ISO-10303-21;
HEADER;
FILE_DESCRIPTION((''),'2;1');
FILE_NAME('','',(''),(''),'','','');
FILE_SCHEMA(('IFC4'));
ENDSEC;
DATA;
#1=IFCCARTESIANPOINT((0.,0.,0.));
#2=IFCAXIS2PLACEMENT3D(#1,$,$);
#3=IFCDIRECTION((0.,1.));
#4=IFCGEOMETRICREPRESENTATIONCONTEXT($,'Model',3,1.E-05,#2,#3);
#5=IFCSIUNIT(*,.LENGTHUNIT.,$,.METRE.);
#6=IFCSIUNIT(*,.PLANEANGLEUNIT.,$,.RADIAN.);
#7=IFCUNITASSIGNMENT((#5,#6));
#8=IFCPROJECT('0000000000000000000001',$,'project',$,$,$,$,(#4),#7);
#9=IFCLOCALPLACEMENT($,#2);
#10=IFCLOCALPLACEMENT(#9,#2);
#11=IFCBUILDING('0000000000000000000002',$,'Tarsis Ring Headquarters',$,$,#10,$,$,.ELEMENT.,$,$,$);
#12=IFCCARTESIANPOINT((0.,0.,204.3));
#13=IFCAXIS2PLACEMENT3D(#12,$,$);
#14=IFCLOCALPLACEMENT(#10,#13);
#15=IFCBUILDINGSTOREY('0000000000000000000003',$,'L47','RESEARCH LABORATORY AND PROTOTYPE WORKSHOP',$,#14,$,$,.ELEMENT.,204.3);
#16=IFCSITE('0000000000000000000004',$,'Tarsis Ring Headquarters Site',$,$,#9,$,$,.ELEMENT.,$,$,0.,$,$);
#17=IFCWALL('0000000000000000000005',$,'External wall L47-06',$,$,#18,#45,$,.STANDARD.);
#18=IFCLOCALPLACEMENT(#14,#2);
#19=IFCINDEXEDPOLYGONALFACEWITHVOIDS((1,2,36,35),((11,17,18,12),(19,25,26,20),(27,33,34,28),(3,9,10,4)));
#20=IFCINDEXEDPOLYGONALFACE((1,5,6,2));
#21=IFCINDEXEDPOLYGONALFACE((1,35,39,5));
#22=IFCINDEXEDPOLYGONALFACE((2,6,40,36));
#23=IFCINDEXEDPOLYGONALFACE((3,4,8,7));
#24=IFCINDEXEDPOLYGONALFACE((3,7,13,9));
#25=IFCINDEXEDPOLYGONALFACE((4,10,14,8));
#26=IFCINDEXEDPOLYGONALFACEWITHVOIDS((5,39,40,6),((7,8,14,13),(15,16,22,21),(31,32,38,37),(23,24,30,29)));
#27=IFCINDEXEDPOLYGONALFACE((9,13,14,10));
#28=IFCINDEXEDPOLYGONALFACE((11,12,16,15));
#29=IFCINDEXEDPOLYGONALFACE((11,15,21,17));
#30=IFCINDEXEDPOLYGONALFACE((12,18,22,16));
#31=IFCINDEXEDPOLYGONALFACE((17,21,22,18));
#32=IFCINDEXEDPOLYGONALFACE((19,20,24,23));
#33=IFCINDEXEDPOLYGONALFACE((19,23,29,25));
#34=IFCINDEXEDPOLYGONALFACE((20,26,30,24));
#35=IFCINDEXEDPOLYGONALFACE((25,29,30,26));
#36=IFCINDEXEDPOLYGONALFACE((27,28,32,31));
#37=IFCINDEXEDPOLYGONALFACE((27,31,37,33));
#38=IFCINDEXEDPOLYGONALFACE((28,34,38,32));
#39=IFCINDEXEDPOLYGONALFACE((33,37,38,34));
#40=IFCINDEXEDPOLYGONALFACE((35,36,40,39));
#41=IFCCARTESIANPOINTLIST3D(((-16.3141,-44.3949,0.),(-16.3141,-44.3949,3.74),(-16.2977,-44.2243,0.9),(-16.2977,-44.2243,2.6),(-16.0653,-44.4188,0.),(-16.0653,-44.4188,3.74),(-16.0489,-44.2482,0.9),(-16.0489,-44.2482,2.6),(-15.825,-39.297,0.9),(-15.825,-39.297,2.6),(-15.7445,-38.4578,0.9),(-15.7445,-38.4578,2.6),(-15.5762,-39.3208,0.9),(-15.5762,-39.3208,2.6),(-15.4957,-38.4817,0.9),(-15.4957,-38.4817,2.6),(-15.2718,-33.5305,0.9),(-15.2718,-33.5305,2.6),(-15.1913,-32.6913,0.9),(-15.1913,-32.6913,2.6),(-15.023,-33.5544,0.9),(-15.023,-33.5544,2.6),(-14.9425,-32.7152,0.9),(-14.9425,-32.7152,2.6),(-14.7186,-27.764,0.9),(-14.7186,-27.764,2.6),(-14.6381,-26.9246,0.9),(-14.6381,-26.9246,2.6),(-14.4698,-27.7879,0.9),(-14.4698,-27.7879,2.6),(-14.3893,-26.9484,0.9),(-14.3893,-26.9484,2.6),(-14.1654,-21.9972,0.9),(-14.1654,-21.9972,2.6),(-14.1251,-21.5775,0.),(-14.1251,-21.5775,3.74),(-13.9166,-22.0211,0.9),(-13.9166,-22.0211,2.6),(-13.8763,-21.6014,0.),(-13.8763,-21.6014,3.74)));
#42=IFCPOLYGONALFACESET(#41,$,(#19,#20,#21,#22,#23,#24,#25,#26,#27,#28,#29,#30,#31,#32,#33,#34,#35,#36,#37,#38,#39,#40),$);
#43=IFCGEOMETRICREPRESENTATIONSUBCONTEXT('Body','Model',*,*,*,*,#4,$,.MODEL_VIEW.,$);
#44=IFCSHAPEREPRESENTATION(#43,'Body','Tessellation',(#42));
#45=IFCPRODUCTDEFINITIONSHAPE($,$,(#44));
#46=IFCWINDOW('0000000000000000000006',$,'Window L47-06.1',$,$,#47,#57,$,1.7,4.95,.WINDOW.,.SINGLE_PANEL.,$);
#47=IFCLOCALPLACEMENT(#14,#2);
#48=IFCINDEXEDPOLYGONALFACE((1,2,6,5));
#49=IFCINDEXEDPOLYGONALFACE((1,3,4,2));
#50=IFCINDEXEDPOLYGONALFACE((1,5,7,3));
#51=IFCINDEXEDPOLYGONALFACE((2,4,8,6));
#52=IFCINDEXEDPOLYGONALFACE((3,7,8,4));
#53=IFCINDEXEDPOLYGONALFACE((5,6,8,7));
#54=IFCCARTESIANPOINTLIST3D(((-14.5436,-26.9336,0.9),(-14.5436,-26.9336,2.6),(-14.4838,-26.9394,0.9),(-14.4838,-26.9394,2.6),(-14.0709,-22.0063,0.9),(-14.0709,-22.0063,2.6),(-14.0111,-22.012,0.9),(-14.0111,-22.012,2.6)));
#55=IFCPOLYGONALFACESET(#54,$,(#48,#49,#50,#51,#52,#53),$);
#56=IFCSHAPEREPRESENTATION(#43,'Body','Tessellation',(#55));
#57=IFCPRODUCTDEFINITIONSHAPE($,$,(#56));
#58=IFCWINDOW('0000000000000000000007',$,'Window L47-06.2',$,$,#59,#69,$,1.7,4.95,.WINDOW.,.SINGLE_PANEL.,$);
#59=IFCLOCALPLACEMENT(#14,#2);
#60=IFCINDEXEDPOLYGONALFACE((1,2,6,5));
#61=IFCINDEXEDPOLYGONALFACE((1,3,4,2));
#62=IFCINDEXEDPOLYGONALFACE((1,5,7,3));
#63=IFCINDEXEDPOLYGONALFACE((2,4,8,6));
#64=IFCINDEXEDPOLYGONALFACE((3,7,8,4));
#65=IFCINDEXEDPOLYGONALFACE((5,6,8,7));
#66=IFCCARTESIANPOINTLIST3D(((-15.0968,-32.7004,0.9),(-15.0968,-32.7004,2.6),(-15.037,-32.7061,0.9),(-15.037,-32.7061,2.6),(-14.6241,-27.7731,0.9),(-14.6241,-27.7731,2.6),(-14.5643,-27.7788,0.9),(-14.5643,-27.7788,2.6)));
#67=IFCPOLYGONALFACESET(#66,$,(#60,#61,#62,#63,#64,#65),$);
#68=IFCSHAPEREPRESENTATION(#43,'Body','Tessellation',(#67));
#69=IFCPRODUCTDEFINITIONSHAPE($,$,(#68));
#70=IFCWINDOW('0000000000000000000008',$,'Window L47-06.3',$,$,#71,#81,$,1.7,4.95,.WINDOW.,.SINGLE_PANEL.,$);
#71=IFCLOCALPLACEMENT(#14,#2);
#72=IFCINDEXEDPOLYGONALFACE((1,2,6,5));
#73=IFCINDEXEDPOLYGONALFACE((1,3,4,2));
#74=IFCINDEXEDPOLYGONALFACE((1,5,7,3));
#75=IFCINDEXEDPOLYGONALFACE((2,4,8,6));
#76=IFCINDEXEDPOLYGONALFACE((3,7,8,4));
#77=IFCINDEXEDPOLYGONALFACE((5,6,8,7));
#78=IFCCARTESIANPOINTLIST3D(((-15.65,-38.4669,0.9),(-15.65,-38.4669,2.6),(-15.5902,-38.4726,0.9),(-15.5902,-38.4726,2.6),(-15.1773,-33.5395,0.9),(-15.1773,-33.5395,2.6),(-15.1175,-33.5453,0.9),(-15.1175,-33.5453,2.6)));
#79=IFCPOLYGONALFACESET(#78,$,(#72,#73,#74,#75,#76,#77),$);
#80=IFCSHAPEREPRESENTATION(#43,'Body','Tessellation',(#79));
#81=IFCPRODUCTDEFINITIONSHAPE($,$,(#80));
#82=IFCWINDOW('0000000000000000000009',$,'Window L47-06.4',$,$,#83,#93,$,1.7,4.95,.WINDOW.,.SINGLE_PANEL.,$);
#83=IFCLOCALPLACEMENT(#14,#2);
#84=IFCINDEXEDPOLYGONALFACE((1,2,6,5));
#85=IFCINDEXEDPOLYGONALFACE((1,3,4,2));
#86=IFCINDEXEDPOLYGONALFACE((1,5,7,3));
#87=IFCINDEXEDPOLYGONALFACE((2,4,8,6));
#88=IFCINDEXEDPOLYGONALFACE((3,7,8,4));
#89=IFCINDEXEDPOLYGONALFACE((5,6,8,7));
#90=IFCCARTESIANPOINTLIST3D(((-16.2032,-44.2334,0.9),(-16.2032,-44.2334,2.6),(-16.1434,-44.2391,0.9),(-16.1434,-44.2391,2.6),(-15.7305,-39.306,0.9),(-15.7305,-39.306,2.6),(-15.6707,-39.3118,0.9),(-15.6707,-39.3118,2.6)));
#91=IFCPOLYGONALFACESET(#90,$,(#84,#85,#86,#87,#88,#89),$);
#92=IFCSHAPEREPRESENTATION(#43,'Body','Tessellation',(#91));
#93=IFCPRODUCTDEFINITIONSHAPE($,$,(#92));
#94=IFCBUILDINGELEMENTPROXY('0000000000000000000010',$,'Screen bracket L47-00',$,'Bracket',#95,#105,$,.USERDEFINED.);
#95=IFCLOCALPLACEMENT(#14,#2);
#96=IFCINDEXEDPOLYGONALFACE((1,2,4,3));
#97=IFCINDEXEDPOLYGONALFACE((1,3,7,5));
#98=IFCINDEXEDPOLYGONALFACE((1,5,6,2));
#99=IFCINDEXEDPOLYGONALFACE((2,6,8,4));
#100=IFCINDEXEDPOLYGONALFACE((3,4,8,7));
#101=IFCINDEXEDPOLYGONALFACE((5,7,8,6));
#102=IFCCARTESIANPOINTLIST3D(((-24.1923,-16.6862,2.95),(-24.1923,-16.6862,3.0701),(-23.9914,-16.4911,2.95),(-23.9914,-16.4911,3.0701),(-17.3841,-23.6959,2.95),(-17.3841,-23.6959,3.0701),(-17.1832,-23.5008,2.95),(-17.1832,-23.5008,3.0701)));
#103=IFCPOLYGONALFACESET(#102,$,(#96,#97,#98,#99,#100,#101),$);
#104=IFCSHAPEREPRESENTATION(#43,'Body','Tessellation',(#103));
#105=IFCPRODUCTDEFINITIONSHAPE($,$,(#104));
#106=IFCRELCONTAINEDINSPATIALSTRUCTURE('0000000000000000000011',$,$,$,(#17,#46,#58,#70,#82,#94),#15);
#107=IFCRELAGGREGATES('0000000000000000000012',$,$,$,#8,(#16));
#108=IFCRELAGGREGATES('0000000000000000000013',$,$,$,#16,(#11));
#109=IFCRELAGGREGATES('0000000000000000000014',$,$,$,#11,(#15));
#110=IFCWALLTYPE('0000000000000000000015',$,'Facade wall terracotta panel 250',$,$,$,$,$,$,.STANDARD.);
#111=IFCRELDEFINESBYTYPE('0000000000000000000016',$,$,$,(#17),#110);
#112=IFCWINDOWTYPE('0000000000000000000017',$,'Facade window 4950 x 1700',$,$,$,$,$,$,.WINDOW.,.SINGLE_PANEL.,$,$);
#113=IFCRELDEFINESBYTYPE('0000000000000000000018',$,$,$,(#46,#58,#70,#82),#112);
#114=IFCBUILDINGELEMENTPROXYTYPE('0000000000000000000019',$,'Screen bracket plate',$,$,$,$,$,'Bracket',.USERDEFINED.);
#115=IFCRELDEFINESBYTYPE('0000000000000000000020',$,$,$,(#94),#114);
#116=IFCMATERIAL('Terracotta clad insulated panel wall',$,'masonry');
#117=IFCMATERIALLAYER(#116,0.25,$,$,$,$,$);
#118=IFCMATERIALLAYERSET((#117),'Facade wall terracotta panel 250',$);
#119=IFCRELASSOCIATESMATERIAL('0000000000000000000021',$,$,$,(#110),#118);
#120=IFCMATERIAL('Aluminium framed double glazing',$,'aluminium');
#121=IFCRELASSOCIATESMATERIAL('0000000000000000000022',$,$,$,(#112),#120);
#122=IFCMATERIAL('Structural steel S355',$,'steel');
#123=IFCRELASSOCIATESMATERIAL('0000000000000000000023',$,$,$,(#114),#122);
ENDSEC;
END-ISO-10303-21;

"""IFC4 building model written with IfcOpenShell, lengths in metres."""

from ifc_helpers import new_model, si_unit, direction, frame, frame_2d, origin, origin_2d, place, context, subcontext, project, spatial, rectangle, extrude, material, layer, layer_set, type_object, element, fill, save


model = new_model("IFC4")

# Units and contexts
model_context = context("Model", 3, precision=1e-05, world=origin(), true_north=direction((0.0, 1.0)))
body_context = subcontext(model_context, "Body", "Model", "MODEL_VIEW")
ifc_project = project(units=[si_unit("LENGTHUNIT", "METRE"), si_unit("PLANEANGLEUNIT", "RADIAN")], contexts=[model_context])

# Site, building, storey
site_placement = place(None, origin())
site = spatial("IfcSite", under=ifc_project, at=site_placement, Name="Tarsis Ring Headquarters Site", CompositionType="ELEMENT", RefElevation=0.0)
building_placement = place(site_placement, origin())
building = spatial("IfcBuilding", under=site, at=building_placement, Name="Tarsis Ring Headquarters", CompositionType="ELEMENT")
storey_placement = place(building_placement, frame((0.0, 0.0, 204.3)))
storey = spatial("IfcBuildingStorey", under=building, at=storey_placement, Name="L47", Description="RESEARCH LABORATORY AND PROTOTYPE WORKSHOP", CompositionType="ELEMENT", Elevation=204.3)

# Shared definitions
ifc_material_1 = material(Name="Structural steel S355", Category="steel")

# Shared definitions
ifc_material_2 = material(Name="Terracotta clad insulated panel wall", Category="masonry")
ifc_layer_1 = layer(ifc_material_2, 0.25)
ifc_layer_set_1 = layer_set([ifc_layer_1], Name="Facade wall terracotta panel 250")
wall_type_1 = type_object("IfcWallType", Name="Facade wall terracotta panel 250", PredefinedType="STANDARD", material=ifc_layer_set_1)
ifc_material_3 = material(Name="Aluminium framed double glazing", Category="aluminium")

# Wall, openings, windows
wall_1_placement = place(storey_placement, frame((-14.0007, -21.5896, 0.0), z_axis=(0.0, 0.0, 1.0), x_axis=(-0.095496, -0.99543, 0.0)))
wall_1 = element("IfcWall", 1, at=wall_1_placement, inside=storey, type_object=wall_type_1, Name="External wall L47-06", PredefinedType="STANDARD", context=body_context, shape_type="SweptSolid", body=[
    extrude(rectangle(XDim=22.9221, YDim=0.25, at=frame_2d((11.4609, 0.0))), origin(), (0.0, 0.0, 1.0), 3.74),
])
opening_1_placement = place(wall_1_placement, frame((0.4214, 0.0, 0.8999)))
opening_1 = element("IfcOpeningElement", 2, at=opening_1_placement, cuts=wall_1, PredefinedType="OPENING", context=body_context, shape_type="SweptSolid", body=[
    extrude(rectangle(XDim=4.95, YDim=1.7, at=frame_2d((2.4751, 0.8501))), frame((0.0, 0.135, 0.0), z_axis=(0.0, -1.0, 0.0), x_axis=(1.0, 0.0, 0.0)), (0.0, 0.0, 1.0), 0.27),
])
opening_2_placement = place(wall_1_placement, frame((6.2146, 0.0, 0.8999)))
opening_2 = element("IfcOpeningElement", 3, at=opening_2_placement, cuts=wall_1, PredefinedType="OPENING", context=body_context, shape_type="SweptSolid", body=[
    extrude(rectangle(XDim=4.95, YDim=1.7, at=frame_2d((2.4751, 0.8501))), frame((0.0, 0.135, 0.0), z_axis=(0.0, -1.0, 0.0), x_axis=(1.0, 0.0, 0.0)), (0.0, 0.0, 1.0), 0.27),
])
opening_3_placement = place(wall_1_placement, frame((12.0076, 0.0, 0.8999)))
opening_3 = element("IfcOpeningElement", 4, at=opening_3_placement, cuts=wall_1, PredefinedType="OPENING", context=body_context, shape_type="SweptSolid", body=[
    extrude(rectangle(XDim=4.95, YDim=1.7, at=frame_2d((2.4751, 0.8501))), frame((0.0, 0.135, 0.0), z_axis=(0.0, -1.0, 0.0), x_axis=(1.0, 0.0, 0.0)), (0.0, 0.0, 1.0), 0.27),
])
opening_4_placement = place(wall_1_placement, frame((17.8005, 0.0, 0.8999)))
opening_4 = element("IfcOpeningElement", 5, at=opening_4_placement, cuts=wall_1, PredefinedType="OPENING", context=body_context, shape_type="SweptSolid", body=[
    extrude(rectangle(XDim=4.95, YDim=1.7, at=frame_2d((2.4751, 0.8501))), frame((0.0, 0.135, 0.0), z_axis=(0.0, -1.0, 0.0), x_axis=(1.0, 0.0, 0.0)), (0.0, 0.0, 1.0), 0.27),
])
window_type_1 = type_object("IfcWindowType", Name="Facade window 4950 x 1700", PartitioningType="SINGLE_PANEL", PredefinedType="WINDOW", material=ifc_material_3)
window_1_placement = place(opening_1_placement, origin())
window_1 = element("IfcWindow", 6, at=window_1_placement, inside=storey, type_object=window_type_1, Name="Window L47-06.1", OverallHeight=1.7, OverallWidth=4.95, PartitioningType="SINGLE_PANEL", PredefinedType="WINDOW", context=body_context, shape_type="SweptSolid", body=[
    extrude(rectangle(XDim=4.95, YDim=1.7, at=frame_2d((2.4751, 0.8501))), frame((0.0, 0.03, 0.0), z_axis=(0.0, -1.0, 0.0), x_axis=(1.0, 0.0, 0.0)), (0.0, 0.0, 1.0), 0.0601),
])
fill(opening_1, window_1)
window_2_placement = place(opening_2_placement, origin())
window_2 = element("IfcWindow", 7, at=window_2_placement, inside=storey, type_object=window_type_1, Name="Window L47-06.2", OverallHeight=1.7, OverallWidth=4.95, PartitioningType="SINGLE_PANEL", PredefinedType="WINDOW", context=body_context, shape_type="SweptSolid", body=[
    extrude(rectangle(XDim=4.95, YDim=1.7, at=frame_2d((2.4751, 0.8501))), frame((0.0, 0.03, 0.0), z_axis=(0.0, -1.0, 0.0), x_axis=(1.0, 0.0, 0.0)), (0.0, 0.0, 1.0), 0.0601),
])
fill(opening_2, window_2)
window_3_placement = place(opening_3_placement, origin())
window_3 = element("IfcWindow", 8, at=window_3_placement, inside=storey, type_object=window_type_1, Name="Window L47-06.3", OverallHeight=1.7, OverallWidth=4.95, PartitioningType="SINGLE_PANEL", PredefinedType="WINDOW", context=body_context, shape_type="SweptSolid", body=[
    extrude(rectangle(XDim=4.95, YDim=1.7, at=frame_2d((2.4751, 0.8501))), frame((0.0, 0.03, 0.0), z_axis=(0.0, -1.0, 0.0), x_axis=(1.0, 0.0, 0.0)), (0.0, 0.0, 1.0), 0.0601),
])
fill(opening_3, window_3)
window_4_placement = place(opening_4_placement, origin())
window_4 = element("IfcWindow", 9, at=window_4_placement, inside=storey, type_object=window_type_1, Name="Window L47-06.4", OverallHeight=1.7, OverallWidth=4.95, PartitioningType="SINGLE_PANEL", PredefinedType="WINDOW", context=body_context, shape_type="SweptSolid", body=[
    extrude(rectangle(XDim=4.95, YDim=1.7, at=frame_2d((2.4751, 0.8501))), frame((0.0, 0.03, 0.0), z_axis=(0.0, -1.0, 0.0), x_axis=(1.0, 0.0, 0.0)), (0.0, 0.0, 1.0), 0.0601),
])
fill(opening_4, window_4)

# Building element proxy
building_element_proxy_type = type_object("IfcBuildingElementProxyType", Name="Screen bracket plate", ElementType="Bracket", PredefinedType="USERDEFINED", material=ifc_material_1)
proxy_placement = place(storey_placement, frame((-20.6877, -20.0935, 2.95), z_axis=(0.0, 0.0, 1.0), x_axis=(0.696727, -0.717337, 0.0)))
element("IfcBuildingElementProxy", 10, at=proxy_placement, inside=storey, type_object=building_element_proxy_type, Name="Screen bracket L47-00", ObjectType="Bracket", PredefinedType="USERDEFINED", context=body_context, shape_type="SweptSolid", body=[
    extrude(rectangle(XDim=9.7717, YDim=0.28, at=origin_2d()), origin(), (0.0, 0.0, 1.0), 0.1201),
])

save(model, "model.ifc")
